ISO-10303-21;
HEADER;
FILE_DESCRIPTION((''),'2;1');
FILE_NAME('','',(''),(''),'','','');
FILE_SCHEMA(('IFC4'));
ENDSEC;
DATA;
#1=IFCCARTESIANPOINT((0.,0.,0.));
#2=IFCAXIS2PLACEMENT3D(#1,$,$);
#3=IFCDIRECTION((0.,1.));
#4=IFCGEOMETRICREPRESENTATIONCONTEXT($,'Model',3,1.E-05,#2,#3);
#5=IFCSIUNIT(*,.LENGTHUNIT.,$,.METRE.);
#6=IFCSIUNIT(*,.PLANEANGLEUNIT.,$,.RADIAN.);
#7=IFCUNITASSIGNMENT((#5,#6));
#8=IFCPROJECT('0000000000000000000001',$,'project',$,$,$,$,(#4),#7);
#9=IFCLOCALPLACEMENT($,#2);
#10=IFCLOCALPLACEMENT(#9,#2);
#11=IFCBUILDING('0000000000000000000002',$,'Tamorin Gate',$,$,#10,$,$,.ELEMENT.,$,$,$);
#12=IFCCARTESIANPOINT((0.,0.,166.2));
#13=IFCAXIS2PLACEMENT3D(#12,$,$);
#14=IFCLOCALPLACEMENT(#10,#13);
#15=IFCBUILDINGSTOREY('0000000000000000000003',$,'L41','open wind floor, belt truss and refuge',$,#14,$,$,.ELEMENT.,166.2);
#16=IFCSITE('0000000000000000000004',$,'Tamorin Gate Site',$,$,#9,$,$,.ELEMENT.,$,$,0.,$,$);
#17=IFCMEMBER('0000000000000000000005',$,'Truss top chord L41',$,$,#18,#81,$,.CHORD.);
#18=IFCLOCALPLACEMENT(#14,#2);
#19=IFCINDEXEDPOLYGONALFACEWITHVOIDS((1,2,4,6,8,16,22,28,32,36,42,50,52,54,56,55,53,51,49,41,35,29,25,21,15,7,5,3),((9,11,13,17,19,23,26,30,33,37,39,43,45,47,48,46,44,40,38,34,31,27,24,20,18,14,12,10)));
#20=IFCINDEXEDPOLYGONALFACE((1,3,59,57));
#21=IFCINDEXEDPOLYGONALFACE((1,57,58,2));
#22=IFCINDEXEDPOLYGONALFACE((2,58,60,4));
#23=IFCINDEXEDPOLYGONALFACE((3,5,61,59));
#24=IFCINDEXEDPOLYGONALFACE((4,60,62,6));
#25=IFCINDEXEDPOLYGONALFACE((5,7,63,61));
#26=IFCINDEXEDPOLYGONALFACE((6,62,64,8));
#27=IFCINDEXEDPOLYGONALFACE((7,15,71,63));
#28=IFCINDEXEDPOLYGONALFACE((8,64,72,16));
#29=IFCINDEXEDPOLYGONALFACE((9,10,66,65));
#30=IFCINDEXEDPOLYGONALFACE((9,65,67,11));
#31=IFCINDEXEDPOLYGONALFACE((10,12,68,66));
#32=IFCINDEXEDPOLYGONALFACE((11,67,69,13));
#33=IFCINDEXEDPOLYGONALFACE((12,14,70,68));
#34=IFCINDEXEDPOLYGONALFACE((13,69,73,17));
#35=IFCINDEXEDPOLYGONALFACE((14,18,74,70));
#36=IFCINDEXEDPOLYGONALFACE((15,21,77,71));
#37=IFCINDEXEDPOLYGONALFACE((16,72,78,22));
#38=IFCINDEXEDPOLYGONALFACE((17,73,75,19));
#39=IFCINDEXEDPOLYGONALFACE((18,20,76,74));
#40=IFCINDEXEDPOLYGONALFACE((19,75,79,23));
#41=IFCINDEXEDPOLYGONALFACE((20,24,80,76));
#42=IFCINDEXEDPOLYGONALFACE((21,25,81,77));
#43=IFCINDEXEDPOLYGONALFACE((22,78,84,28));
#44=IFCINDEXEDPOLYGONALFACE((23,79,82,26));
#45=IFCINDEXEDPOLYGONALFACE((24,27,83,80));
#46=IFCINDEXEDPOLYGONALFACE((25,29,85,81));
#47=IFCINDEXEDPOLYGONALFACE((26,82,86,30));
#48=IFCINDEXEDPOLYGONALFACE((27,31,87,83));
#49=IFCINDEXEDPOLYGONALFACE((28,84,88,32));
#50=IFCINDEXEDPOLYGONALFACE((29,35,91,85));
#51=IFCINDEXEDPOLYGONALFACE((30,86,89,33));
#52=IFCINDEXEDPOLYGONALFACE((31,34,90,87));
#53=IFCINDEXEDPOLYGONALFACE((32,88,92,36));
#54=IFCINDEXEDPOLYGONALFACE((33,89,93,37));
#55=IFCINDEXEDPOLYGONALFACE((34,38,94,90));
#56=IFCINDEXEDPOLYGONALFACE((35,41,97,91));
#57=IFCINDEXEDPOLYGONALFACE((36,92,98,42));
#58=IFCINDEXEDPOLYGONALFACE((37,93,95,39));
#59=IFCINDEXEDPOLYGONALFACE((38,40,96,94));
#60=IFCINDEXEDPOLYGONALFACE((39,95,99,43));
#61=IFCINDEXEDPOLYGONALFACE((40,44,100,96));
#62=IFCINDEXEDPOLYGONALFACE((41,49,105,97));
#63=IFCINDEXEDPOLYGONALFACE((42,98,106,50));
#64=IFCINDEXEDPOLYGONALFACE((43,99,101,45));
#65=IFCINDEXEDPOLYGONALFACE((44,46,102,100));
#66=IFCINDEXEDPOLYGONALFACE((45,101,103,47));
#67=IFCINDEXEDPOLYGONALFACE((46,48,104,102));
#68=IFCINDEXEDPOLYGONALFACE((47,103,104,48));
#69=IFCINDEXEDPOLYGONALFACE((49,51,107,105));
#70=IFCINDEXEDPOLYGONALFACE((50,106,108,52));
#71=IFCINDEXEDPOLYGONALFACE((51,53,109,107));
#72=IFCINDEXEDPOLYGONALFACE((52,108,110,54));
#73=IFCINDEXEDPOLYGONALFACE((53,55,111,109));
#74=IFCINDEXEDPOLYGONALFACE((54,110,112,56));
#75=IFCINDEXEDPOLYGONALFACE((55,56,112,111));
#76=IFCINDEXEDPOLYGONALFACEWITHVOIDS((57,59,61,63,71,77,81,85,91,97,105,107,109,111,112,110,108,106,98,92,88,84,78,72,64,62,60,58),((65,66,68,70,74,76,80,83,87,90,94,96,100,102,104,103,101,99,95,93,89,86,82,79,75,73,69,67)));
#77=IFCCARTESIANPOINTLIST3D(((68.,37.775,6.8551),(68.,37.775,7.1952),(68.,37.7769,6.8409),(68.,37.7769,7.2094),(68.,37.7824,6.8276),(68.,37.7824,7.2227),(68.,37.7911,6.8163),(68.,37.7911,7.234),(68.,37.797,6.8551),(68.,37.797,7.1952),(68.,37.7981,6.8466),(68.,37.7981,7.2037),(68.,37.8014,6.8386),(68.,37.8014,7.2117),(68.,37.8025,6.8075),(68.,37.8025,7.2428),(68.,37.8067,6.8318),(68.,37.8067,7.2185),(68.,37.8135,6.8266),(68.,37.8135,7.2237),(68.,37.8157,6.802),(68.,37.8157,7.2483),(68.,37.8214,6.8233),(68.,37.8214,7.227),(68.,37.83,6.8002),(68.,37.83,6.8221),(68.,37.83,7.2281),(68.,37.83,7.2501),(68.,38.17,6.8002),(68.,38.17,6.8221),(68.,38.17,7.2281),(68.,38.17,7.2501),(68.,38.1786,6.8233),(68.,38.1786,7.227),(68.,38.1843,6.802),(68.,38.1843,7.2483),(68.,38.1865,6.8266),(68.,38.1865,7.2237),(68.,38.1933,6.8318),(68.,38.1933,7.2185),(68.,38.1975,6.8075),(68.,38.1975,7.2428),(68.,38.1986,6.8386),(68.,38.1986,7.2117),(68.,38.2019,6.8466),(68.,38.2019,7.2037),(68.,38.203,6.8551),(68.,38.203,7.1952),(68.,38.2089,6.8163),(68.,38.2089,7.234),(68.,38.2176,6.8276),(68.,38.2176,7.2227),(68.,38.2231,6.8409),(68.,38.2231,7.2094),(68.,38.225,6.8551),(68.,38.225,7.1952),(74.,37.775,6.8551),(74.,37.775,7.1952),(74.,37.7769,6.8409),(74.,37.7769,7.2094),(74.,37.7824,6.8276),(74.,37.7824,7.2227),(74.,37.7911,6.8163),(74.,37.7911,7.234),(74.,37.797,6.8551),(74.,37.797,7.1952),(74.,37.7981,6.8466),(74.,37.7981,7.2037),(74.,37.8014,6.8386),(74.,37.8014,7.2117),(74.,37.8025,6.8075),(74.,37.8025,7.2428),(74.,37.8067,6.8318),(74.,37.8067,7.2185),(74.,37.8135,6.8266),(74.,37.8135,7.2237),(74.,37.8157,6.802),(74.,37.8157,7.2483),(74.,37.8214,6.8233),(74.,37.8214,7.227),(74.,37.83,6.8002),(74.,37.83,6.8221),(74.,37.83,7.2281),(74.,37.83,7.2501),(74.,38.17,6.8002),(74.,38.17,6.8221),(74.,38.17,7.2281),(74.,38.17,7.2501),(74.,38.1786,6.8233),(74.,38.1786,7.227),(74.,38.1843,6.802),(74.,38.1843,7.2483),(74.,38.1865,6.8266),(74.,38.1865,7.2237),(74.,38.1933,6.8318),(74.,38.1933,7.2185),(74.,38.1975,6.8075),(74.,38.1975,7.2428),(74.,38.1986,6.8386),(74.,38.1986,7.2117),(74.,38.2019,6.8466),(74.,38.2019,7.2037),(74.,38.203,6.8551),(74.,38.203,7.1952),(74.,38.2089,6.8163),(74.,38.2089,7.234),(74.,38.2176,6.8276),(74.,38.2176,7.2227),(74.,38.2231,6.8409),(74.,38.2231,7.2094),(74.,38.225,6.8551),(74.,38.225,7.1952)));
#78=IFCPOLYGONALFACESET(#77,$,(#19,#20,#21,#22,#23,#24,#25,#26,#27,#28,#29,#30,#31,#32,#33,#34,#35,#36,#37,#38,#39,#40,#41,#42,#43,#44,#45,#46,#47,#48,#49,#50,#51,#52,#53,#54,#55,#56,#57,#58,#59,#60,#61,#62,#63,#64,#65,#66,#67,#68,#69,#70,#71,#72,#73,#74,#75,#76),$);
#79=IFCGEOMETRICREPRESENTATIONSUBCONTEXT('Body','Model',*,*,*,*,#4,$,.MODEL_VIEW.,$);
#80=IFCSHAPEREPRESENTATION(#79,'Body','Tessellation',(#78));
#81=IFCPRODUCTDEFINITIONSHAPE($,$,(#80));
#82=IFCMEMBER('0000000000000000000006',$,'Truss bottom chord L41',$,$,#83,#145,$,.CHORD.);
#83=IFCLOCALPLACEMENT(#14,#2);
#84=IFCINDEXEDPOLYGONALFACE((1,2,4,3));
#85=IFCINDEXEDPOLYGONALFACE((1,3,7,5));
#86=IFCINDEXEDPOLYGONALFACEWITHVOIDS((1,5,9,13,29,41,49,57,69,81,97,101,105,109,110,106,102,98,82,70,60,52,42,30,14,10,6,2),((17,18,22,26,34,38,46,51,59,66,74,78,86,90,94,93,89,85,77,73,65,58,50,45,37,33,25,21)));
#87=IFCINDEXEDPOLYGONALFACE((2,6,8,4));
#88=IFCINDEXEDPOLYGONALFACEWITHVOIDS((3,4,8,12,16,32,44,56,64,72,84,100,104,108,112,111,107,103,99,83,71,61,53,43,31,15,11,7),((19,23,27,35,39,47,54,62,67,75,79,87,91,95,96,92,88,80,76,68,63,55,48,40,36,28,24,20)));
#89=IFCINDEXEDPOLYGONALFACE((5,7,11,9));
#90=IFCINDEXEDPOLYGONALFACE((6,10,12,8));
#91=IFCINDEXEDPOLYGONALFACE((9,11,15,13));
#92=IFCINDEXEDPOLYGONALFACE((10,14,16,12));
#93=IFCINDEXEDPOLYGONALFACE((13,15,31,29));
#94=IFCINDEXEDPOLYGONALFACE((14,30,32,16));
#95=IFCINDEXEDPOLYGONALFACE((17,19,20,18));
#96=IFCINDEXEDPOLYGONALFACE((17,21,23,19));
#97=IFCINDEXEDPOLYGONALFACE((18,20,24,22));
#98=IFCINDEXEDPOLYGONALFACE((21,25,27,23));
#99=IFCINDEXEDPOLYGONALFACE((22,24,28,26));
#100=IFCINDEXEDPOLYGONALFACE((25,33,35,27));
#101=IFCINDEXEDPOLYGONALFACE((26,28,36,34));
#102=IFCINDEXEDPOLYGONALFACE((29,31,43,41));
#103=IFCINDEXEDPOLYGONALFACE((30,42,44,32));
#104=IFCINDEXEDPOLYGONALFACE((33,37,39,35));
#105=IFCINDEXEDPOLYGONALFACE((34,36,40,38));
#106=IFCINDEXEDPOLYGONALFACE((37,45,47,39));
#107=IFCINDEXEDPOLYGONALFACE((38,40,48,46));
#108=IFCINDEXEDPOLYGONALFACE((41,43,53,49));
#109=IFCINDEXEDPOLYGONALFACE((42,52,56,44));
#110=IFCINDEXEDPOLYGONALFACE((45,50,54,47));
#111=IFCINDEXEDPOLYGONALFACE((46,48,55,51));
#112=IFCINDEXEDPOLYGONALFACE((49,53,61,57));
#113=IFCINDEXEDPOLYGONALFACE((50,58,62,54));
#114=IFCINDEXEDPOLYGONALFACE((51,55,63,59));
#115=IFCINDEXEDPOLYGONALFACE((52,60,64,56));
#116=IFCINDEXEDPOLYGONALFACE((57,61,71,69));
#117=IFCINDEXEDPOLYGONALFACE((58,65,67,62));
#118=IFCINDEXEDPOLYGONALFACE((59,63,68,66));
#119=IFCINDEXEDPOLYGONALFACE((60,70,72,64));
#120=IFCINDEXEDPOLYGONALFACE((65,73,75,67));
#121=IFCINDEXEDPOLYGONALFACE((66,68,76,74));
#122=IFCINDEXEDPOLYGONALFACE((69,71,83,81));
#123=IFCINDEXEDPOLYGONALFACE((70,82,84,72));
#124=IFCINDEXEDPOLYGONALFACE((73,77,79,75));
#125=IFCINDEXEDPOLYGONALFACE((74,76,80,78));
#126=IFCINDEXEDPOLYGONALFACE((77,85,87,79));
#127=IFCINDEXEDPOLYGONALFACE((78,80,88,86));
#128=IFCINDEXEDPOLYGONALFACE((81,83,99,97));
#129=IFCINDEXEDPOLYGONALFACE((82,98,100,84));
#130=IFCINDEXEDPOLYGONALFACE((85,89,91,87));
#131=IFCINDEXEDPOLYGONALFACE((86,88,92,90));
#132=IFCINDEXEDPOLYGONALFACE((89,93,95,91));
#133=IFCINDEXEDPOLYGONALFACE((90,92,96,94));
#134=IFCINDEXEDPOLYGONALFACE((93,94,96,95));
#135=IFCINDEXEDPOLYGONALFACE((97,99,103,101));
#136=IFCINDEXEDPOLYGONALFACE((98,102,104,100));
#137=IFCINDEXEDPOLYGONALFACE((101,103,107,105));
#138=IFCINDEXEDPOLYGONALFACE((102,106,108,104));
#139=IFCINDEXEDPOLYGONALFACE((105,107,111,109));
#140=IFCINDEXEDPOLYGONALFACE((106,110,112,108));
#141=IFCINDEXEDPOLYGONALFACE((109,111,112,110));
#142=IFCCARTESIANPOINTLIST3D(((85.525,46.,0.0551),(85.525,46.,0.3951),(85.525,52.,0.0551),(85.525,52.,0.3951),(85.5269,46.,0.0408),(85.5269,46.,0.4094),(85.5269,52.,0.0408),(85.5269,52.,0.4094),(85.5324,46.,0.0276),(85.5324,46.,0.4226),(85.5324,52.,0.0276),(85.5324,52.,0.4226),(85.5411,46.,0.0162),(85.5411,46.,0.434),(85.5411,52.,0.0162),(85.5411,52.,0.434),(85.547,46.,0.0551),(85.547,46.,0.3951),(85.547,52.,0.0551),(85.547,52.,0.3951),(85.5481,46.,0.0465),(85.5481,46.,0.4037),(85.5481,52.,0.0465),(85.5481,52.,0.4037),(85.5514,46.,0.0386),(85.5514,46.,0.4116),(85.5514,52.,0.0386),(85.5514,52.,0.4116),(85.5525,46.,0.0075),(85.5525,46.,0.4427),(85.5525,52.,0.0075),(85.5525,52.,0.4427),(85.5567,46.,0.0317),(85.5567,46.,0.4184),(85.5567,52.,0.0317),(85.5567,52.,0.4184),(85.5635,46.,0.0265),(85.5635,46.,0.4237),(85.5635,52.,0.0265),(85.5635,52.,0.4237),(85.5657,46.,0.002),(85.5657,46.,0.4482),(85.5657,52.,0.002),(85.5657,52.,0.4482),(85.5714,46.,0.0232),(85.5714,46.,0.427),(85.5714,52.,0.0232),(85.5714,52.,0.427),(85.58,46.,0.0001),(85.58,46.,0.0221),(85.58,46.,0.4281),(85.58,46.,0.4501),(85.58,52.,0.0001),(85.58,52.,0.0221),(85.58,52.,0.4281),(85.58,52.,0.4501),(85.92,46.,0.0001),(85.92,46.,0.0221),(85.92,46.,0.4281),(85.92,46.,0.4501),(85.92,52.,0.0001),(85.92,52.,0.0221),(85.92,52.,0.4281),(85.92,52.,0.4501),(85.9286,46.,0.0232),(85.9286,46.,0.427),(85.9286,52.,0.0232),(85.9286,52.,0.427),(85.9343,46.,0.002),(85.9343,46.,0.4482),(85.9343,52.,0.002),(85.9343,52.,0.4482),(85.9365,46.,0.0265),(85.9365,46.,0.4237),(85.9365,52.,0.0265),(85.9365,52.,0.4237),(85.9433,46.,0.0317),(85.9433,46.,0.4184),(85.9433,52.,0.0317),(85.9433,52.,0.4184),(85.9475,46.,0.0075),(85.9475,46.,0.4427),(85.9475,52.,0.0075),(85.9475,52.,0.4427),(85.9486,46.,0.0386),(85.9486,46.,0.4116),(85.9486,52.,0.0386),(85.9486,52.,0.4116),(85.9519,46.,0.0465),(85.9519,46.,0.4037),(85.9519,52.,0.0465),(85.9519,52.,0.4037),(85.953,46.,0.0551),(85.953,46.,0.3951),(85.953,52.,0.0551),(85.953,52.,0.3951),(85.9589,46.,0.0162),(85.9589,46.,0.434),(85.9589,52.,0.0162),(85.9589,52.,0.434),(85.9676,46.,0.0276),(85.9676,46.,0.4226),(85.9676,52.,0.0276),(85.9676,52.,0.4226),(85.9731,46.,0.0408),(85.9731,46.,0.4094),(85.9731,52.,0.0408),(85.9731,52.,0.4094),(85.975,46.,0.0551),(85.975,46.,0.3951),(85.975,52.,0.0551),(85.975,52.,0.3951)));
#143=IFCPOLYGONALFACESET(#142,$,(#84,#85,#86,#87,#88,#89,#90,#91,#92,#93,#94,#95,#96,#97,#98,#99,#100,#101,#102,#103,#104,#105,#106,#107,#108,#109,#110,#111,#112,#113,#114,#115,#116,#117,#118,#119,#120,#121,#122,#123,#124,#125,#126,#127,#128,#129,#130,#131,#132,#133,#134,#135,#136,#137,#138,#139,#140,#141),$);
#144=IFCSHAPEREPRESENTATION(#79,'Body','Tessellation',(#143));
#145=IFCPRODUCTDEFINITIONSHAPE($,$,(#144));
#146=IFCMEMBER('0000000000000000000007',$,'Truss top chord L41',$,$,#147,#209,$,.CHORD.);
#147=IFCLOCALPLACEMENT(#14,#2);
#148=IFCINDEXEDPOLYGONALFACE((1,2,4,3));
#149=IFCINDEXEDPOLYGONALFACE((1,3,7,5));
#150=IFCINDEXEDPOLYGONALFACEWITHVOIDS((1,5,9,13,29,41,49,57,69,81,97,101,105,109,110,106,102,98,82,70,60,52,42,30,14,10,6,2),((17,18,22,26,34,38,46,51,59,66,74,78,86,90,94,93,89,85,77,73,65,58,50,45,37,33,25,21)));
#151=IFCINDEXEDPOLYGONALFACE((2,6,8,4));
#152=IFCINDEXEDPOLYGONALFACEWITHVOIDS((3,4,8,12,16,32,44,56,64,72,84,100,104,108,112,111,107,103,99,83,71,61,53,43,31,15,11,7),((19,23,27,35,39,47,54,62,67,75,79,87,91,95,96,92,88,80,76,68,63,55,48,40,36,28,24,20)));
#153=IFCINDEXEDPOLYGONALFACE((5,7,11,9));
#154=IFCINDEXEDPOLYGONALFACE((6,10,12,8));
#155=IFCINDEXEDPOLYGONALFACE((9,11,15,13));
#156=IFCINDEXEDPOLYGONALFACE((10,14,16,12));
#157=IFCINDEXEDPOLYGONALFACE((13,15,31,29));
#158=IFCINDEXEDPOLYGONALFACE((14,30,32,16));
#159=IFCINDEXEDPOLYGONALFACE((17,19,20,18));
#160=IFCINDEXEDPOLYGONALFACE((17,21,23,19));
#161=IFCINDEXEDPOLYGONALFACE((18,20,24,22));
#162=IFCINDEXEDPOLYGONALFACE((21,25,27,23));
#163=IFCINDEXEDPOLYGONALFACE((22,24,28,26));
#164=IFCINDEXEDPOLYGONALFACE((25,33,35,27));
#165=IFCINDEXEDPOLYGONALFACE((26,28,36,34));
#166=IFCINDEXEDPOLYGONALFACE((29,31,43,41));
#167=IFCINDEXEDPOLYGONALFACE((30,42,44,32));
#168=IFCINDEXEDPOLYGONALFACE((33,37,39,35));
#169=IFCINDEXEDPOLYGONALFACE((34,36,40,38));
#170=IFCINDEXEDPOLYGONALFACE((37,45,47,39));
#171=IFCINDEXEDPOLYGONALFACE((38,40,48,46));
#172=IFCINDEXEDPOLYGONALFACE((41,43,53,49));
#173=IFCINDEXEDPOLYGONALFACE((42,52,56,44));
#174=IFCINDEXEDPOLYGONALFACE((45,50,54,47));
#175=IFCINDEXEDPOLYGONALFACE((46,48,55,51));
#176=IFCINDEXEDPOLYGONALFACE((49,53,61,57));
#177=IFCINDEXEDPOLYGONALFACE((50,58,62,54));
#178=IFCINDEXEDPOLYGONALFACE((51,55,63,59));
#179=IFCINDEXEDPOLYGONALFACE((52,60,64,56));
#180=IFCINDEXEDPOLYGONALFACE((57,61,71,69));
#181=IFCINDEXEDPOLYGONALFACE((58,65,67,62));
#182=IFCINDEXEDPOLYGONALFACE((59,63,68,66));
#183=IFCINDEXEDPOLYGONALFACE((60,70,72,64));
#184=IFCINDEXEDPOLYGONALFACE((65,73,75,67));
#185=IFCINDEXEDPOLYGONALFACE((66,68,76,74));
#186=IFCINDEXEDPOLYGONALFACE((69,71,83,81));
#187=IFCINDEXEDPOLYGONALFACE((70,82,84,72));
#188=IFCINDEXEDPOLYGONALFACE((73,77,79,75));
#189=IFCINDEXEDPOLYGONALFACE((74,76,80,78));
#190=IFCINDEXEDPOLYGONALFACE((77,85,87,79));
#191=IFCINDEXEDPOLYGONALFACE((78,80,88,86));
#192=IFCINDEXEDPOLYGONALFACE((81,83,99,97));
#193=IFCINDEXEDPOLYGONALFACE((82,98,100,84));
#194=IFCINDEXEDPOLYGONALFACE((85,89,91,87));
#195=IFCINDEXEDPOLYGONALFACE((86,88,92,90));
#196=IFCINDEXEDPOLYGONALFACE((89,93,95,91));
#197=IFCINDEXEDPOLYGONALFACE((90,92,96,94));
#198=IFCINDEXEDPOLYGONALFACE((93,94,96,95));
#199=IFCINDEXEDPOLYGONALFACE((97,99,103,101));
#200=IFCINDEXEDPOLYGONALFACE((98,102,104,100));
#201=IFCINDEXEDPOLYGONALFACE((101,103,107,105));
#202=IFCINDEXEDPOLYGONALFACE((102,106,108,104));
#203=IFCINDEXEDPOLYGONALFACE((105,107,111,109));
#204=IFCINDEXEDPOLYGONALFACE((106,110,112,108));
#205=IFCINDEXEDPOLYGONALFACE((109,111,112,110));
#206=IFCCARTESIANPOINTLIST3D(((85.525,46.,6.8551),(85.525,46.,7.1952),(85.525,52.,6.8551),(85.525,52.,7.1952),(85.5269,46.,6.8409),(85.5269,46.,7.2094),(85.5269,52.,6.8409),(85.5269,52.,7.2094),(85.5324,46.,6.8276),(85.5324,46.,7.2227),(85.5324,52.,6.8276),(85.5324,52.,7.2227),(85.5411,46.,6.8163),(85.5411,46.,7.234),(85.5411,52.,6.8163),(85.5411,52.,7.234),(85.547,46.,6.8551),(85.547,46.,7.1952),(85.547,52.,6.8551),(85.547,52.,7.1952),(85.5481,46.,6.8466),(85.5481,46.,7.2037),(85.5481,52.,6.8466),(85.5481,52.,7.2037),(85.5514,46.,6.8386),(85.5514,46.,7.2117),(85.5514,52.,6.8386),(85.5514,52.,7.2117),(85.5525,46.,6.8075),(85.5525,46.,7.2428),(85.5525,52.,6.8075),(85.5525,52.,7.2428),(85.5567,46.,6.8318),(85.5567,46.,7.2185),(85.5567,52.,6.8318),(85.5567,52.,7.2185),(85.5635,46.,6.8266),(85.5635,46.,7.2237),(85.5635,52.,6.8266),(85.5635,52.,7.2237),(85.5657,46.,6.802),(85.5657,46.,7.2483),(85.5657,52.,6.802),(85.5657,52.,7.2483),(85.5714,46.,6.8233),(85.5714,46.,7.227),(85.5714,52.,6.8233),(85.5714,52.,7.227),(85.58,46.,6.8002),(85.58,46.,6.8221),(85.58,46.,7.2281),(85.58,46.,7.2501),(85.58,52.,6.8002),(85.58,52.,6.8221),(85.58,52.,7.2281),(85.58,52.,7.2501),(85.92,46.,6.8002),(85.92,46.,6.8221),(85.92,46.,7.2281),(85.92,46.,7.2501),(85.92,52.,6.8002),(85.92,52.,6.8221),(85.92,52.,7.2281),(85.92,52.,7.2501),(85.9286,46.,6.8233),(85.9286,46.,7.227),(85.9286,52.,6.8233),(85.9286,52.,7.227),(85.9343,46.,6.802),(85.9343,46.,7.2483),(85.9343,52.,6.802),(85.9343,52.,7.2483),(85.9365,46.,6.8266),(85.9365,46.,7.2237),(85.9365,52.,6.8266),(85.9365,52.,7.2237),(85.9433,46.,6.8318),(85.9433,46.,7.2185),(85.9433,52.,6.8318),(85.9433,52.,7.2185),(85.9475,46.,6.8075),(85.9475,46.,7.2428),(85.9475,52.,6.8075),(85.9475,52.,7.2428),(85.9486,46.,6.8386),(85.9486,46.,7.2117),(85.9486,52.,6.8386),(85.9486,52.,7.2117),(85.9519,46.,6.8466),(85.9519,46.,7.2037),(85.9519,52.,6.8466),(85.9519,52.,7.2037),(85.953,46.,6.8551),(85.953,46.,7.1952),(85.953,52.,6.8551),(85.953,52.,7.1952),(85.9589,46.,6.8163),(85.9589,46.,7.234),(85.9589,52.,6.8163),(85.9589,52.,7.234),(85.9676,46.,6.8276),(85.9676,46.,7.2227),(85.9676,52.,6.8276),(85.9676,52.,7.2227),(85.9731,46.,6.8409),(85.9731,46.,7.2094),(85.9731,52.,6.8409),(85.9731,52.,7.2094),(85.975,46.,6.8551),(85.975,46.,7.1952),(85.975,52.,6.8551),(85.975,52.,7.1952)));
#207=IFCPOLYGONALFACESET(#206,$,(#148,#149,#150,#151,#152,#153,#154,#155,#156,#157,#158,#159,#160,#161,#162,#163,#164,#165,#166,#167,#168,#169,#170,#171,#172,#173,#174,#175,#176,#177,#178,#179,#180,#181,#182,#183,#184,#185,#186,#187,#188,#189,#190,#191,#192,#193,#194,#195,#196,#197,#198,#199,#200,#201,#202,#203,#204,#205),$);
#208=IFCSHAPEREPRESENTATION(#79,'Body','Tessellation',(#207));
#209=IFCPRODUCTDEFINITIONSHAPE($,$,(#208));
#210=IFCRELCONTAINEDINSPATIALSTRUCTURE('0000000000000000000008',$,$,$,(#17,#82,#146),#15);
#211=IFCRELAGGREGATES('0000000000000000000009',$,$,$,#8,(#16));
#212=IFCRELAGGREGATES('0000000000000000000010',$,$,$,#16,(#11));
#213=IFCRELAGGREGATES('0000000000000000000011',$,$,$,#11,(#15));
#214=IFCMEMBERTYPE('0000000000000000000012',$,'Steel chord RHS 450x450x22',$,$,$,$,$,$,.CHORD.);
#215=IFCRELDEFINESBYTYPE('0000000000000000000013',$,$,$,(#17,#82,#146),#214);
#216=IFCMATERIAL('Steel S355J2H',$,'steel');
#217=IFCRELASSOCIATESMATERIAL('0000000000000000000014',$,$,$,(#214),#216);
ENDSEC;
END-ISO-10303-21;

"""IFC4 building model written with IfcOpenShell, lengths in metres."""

from ifc_helpers import new_model, si_unit, direction, frame, origin, origin_2d, place, context, subcontext, project, spatial, hollow_rectangle, extrude, material, material_profile, profile_set, type_object, element, save


model = new_model("IFC4")

# Units and contexts
model_context = context("Model", 3, precision=1e-05, world=origin(), true_north=direction((0.0, 1.0)))
body_context = subcontext(model_context, "Body", "Model", "MODEL_VIEW")
ifc_project = project(units=[si_unit("LENGTHUNIT", "METRE"), si_unit("PLANEANGLEUNIT", "RADIAN")], contexts=[model_context])

# Site, building, storey
site_placement = place(None, origin())
site = spatial("IfcSite", under=ifc_project, at=site_placement, Name="Tamorin Gate Site", CompositionType="ELEMENT", RefElevation=0.0)
building_placement = place(site_placement, origin())
building = spatial("IfcBuilding", under=site, at=building_placement, Name="Tamorin Gate", CompositionType="ELEMENT")
storey_placement = place(building_placement, frame((0.0, 0.0, 166.2)))
storey = spatial("IfcBuildingStorey", under=building, at=storey_placement, Name="L41", Description="open wind floor, belt truss and refuge", CompositionType="ELEMENT", Elevation=166.2)

# Members
ifc_material_1 = material(Name="Steel S355J2H", Category="steel")
ifc_material_profile_1 = material_profile(ifc_material_1, hollow_rectangle(XDim=0.45, YDim=0.45, WallThickness=0.022, InnerFilletRadius=0.033, OuterFilletRadius=0.0549, at=origin_2d()), Name="RHS 450x450x22")
ifc_profile_set_1 = profile_set([ifc_material_profile_1], Name="Steel S355J2H")
member_type_1 = type_object("IfcMemberType", Name="Steel chord RHS 450x450x22", PredefinedType="CHORD", material=ifc_profile_set_1)
for number, where, z_axis, x_axis, name in (
    (1, (68.0, 38.0, 7.0251), (1.0, 0.0, 0.0), (0.0, 1.0, 0.0), "Truss top chord L41"),
    (2, (85.75, 46.0, 0.2251), (0.0, 1.0, 0.0), (-1.0, 0.0, 0.0), "Truss bottom chord L41"),
    (3, (85.75, 46.0, 7.0251), (0.0, 1.0, 0.0), (-1.0, 0.0, 0.0), "Truss top chord L41"),
):
    element("IfcMember", number, at=place(storey_placement, frame(where, z_axis=z_axis, x_axis=x_axis)), inside=storey, type_object=member_type_1, Name=name, PredefinedType="CHORD", context=body_context, shape_type="SweptSolid", body=[
        extrude(hollow_rectangle(XDim=0.45, YDim=0.45, WallThickness=0.022, InnerFilletRadius=0.033, OuterFilletRadius=0.0549, at=origin_2d()), origin(), (0.0, 0.0, 1.0), 6.0),
    ])

save(model, "model.ifc")
